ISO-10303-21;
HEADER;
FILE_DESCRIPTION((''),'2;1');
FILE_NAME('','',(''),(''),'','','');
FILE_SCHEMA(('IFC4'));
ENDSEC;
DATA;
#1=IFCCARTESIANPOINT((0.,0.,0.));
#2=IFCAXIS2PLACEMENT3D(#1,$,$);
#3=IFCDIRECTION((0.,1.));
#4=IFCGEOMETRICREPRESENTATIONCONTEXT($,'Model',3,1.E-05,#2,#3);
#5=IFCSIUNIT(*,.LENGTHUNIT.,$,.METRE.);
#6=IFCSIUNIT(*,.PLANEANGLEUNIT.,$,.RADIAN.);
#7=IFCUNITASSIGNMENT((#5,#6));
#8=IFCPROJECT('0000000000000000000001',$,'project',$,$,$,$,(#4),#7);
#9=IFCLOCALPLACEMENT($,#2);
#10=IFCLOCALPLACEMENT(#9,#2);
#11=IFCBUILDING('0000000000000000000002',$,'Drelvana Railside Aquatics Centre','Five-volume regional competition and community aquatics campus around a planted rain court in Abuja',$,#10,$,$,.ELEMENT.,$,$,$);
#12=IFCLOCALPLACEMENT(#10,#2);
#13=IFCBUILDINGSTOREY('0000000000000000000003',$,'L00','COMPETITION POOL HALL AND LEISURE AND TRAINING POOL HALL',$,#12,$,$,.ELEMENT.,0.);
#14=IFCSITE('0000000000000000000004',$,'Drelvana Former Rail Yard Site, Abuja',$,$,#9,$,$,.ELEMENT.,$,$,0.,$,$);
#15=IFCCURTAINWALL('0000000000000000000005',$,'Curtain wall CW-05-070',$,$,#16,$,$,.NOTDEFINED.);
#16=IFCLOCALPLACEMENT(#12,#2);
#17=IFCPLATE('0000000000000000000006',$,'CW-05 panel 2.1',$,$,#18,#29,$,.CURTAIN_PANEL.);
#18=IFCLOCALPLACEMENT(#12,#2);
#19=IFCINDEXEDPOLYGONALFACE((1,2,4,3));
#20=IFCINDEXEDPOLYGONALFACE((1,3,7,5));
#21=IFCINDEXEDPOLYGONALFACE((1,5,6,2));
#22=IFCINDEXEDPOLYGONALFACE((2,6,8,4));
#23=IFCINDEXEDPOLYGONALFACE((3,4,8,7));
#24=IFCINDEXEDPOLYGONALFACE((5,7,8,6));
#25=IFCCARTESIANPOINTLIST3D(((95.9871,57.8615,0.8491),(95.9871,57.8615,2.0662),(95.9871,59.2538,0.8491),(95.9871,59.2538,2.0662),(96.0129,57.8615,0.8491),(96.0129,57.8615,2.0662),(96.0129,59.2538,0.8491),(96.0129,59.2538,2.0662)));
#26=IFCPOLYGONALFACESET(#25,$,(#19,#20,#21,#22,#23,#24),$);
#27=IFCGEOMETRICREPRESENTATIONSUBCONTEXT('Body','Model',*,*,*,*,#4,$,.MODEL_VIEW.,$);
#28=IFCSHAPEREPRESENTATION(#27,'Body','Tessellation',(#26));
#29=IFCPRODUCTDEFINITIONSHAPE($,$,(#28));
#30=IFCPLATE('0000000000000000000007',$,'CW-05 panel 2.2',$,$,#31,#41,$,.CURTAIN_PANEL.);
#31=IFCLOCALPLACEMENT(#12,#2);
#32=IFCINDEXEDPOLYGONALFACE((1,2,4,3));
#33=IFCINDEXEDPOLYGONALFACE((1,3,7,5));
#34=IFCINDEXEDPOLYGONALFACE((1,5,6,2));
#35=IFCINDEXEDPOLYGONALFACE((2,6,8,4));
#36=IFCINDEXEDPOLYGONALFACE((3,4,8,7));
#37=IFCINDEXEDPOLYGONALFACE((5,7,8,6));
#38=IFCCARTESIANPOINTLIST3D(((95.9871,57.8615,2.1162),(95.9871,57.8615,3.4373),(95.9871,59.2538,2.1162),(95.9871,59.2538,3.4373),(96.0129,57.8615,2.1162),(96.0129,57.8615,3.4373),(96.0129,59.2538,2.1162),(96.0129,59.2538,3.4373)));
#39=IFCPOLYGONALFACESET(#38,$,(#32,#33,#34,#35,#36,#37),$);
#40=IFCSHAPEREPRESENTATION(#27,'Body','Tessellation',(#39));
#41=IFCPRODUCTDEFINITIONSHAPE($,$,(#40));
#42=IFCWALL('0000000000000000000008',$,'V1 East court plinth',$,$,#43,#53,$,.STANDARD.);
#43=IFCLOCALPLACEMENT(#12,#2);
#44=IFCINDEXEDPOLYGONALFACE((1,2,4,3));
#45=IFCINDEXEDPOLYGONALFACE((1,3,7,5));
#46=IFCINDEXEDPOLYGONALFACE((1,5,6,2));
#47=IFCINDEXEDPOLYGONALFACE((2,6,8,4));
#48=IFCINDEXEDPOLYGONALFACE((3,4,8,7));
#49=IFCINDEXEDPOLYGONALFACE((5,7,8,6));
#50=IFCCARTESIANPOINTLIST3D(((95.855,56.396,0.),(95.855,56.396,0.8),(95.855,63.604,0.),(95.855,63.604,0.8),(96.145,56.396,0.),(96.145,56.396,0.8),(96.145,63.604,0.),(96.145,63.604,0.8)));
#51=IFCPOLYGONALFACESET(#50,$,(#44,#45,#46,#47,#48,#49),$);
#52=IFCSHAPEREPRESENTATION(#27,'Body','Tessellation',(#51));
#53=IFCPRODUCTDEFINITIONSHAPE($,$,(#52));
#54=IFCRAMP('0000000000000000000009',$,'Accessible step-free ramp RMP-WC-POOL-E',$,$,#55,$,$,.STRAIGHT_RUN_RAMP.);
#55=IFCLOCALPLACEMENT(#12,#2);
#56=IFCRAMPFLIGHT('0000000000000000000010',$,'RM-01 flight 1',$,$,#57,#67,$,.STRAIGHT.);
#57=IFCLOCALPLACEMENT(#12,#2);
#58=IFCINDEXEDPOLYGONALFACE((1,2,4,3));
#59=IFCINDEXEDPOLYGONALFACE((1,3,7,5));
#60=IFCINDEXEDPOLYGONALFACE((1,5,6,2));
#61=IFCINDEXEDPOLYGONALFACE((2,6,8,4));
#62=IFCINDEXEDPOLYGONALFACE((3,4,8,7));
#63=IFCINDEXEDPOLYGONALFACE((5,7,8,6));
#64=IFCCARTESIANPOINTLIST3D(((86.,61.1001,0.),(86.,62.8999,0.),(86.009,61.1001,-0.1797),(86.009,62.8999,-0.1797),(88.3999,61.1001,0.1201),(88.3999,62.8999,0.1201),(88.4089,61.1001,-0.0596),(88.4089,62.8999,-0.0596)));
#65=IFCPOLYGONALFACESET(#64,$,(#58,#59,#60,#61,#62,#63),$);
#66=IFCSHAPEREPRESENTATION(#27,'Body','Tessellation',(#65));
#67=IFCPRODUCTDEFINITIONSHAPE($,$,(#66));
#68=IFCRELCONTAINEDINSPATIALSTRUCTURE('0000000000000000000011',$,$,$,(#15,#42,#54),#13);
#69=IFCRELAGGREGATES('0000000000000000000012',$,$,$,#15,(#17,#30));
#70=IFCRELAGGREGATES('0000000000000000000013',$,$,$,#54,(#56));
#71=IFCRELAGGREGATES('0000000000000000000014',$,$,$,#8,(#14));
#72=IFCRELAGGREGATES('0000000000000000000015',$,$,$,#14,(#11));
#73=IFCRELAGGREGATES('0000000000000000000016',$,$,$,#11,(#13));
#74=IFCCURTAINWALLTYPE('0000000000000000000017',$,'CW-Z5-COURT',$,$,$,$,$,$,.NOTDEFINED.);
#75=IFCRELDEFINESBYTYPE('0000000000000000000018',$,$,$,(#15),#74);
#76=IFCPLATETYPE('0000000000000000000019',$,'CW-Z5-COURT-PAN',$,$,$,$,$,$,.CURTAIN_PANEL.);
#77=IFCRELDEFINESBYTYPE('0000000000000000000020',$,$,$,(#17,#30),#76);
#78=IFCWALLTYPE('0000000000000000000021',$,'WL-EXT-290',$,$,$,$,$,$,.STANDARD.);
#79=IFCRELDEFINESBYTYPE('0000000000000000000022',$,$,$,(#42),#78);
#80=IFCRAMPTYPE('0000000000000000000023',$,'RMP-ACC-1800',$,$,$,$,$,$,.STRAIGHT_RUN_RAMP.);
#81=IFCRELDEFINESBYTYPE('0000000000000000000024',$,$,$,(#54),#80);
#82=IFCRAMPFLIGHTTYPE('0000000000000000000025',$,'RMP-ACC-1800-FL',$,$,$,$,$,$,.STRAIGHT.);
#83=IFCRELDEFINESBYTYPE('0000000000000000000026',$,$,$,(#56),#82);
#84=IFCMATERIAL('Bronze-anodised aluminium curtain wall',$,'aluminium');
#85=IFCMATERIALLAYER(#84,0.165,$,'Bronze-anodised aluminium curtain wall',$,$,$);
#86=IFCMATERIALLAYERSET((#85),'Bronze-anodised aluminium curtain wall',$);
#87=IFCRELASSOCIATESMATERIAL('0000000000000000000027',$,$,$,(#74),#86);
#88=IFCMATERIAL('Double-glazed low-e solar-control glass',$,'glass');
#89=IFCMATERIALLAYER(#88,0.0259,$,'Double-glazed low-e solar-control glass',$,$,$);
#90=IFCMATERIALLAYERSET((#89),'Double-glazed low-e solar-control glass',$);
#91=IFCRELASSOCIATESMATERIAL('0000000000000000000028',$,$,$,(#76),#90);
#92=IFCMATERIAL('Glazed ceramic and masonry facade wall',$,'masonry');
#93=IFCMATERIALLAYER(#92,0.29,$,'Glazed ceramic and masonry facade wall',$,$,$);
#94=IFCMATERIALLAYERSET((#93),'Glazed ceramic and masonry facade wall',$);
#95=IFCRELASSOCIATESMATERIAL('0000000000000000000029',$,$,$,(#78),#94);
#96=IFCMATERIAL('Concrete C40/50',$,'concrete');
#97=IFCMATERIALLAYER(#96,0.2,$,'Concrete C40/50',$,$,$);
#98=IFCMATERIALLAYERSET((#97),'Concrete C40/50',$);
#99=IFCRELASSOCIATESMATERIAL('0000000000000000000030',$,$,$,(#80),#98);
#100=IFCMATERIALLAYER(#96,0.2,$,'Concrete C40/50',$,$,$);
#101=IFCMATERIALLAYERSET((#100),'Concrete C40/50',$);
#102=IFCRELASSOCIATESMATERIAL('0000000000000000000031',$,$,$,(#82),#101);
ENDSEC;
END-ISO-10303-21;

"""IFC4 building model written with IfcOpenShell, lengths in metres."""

from ifc_helpers import new_model, si_unit, direction, frame, frame_2d, origin, origin_2d, place, context, subcontext, project, spatial, polyline, rectangle, outline, extrude, material, layer, layer_set, type_object, element, aggregate, save


model = new_model("IFC4")

# Units and contexts
model_context = context("Model", 3, precision=1e-05, world=origin(), true_north=direction((0.0, 1.0)))
body_context = subcontext(model_context, "Body", "Model", "MODEL_VIEW")
ifc_project = project(units=[si_unit("LENGTHUNIT", "METRE"), si_unit("PLANEANGLEUNIT", "RADIAN")], contexts=[model_context])

# Site, building, storey
site_placement = place(None, origin())
site = spatial("IfcSite", under=ifc_project, at=site_placement, Name="Drelvana Former Rail Yard Site, Abuja", CompositionType="ELEMENT", RefElevation=0.0)
building_placement = place(site_placement, origin())
building = spatial("IfcBuilding", under=site, at=building_placement, Name="Drelvana Railside Aquatics Centre", Description="Five-volume regional competition and community aquatics campus around a planted rain court in Abuja", CompositionType="ELEMENT")
storey_placement = place(building_placement, origin())
storey = spatial("IfcBuildingStorey", under=building, at=storey_placement, Name="L00", Description="COMPETITION POOL HALL AND LEISURE AND TRAINING POOL HALL", CompositionType="ELEMENT", Elevation=0.0)

# Shared definitions
ifc_material_1 = material(Name="Concrete C40/50", Category="concrete")

# Curtain wall
ifc_material_2 = material(Name="Bronze-anodised aluminium curtain wall", Category="aluminium")
ifc_layer_1 = layer(ifc_material_2, 0.165, Name="Bronze-anodised aluminium curtain wall")
ifc_layer_set_1 = layer_set([ifc_layer_1], Name="Bronze-anodised aluminium curtain wall")
curtain_wall_type = type_object("IfcCurtainWallType", Name="CW-Z5-COURT", PredefinedType="NOTDEFINED", material=ifc_layer_set_1)
curtain_wall_placement = place(storey_placement, origin())
curtain_wall = element("IfcCurtainWall", 1, at=curtain_wall_placement, inside=storey, type_object=curtain_wall_type, Name="Curtain wall CW-05-070", PredefinedType="NOTDEFINED")

# Plates
ifc_material_3 = material(Name="Double-glazed low-e solar-control glass", Category="glass")
ifc_layer_2 = layer(ifc_material_3, 0.0259, Name="Double-glazed low-e solar-control glass")
ifc_layer_set_2 = layer_set([ifc_layer_2], Name="Double-glazed low-e solar-control glass")
plate_type = type_object("IfcPlateType", Name="CW-Z5-COURT-PAN", PredefinedType="CURTAIN_PANEL", material=ifc_layer_set_2)
plate_1_placement = place(storey_placement, frame((96.0, 58.5576, 0.8491), z_axis=(0.0, 0.0, 1.0), x_axis=(0.0, 1.0, 0.0)))
plate_1 = element("IfcPlate", 2, at=plate_1_placement, type_object=plate_type, Name="CW-05 panel 2.1", PredefinedType="CURTAIN_PANEL", context=body_context, shape_type="SweptSolid", body=[
    extrude(rectangle(XDim=1.3923, YDim=0.0259, at=origin_2d()), origin(), (0.0, 0.0, 1.0), 1.217),
])
plate_2_placement = place(storey_placement, frame((96.0, 58.5576, 2.1162), z_axis=(0.0, 0.0, 1.0), x_axis=(0.0, 1.0, 0.0)))
plate_2 = element("IfcPlate", 3, at=plate_2_placement, type_object=plate_type, Name="CW-05 panel 2.2", PredefinedType="CURTAIN_PANEL", context=body_context, shape_type="SweptSolid", body=[
    extrude(rectangle(XDim=1.3923, YDim=0.0259, at=origin_2d()), origin(), (0.0, 0.0, 1.0), 1.321),
])
aggregate(curtain_wall, [plate_1, plate_2])

# Wall
ifc_material_4 = material(Name="Glazed ceramic and masonry facade wall", Category="masonry")
ifc_layer_3 = layer(ifc_material_4, 0.29, Name="Glazed ceramic and masonry facade wall")
ifc_layer_set_3 = layer_set([ifc_layer_3], Name="Glazed ceramic and masonry facade wall")
wall_type = type_object("IfcWallType", Name="WL-EXT-290", PredefinedType="STANDARD", material=ifc_layer_set_3)
wall_placement = place(storey_placement, frame((96.0, 56.396, 0.0), z_axis=(0.0, 0.0, 1.0), x_axis=(0.0, 1.0, 0.0)))
element("IfcWall", 4, at=wall_placement, inside=storey, type_object=wall_type, Name="V1 East court plinth", PredefinedType="STANDARD", context=body_context, shape_type="SweptSolid", body=[
    extrude(rectangle(XDim=7.208, YDim=0.29, at=frame_2d((3.604, 0.0))), origin(), (0.0, 0.0, 1.0), 0.8),
])

# Ramp, ramp flight
ifc_layer_4 = layer(ifc_material_1, 0.2, Name="Concrete C40/50")
ifc_layer_set_4 = layer_set([ifc_layer_4], Name="Concrete C40/50")
ramp_type = type_object("IfcRampType", Name="RMP-ACC-1800", PredefinedType="STRAIGHT_RUN_RAMP", material=ifc_layer_set_4)
ramp_placement = place(storey_placement, origin())
ramp = element("IfcRamp", 5, at=ramp_placement, inside=storey, type_object=ramp_type, Name="Accessible step-free ramp RMP-WC-POOL-E", PredefinedType="STRAIGHT_RUN_RAMP")
ifc_layer_5 = layer(ifc_material_1, 0.2, Name="Concrete C40/50")
ifc_layer_set_5 = layer_set([ifc_layer_5], Name="Concrete C40/50")
ramp_flight_type = type_object("IfcRampFlightType", Name="RMP-ACC-1800-FL", PredefinedType="STRAIGHT", material=ifc_layer_set_5)
ramp_flight_placement = place(storey_placement, frame((86.0, 61.1001, 0.0), z_axis=(-0.049988, 0.0, 0.99875), x_axis=(0.99875, 0.0, 0.049988)))
ramp_flight = element("IfcRampFlight", 6, at=ramp_flight_placement, type_object=ramp_flight_type, Name="RM-01 flight 1", PredefinedType="STRAIGHT", context=body_context, shape_type="SweptSolid", body=[
    extrude(outline(polyline([(0.0, 0.0), (2.4029, 0.0), (2.4029, 1.7998), (0.0, 1.7998), (0.0, 0.0)])), origin(), (0.0, 0.0, -1.0), 0.1799),
])
aggregate(ramp, [ramp_flight])

save(model, "model.ifc")
